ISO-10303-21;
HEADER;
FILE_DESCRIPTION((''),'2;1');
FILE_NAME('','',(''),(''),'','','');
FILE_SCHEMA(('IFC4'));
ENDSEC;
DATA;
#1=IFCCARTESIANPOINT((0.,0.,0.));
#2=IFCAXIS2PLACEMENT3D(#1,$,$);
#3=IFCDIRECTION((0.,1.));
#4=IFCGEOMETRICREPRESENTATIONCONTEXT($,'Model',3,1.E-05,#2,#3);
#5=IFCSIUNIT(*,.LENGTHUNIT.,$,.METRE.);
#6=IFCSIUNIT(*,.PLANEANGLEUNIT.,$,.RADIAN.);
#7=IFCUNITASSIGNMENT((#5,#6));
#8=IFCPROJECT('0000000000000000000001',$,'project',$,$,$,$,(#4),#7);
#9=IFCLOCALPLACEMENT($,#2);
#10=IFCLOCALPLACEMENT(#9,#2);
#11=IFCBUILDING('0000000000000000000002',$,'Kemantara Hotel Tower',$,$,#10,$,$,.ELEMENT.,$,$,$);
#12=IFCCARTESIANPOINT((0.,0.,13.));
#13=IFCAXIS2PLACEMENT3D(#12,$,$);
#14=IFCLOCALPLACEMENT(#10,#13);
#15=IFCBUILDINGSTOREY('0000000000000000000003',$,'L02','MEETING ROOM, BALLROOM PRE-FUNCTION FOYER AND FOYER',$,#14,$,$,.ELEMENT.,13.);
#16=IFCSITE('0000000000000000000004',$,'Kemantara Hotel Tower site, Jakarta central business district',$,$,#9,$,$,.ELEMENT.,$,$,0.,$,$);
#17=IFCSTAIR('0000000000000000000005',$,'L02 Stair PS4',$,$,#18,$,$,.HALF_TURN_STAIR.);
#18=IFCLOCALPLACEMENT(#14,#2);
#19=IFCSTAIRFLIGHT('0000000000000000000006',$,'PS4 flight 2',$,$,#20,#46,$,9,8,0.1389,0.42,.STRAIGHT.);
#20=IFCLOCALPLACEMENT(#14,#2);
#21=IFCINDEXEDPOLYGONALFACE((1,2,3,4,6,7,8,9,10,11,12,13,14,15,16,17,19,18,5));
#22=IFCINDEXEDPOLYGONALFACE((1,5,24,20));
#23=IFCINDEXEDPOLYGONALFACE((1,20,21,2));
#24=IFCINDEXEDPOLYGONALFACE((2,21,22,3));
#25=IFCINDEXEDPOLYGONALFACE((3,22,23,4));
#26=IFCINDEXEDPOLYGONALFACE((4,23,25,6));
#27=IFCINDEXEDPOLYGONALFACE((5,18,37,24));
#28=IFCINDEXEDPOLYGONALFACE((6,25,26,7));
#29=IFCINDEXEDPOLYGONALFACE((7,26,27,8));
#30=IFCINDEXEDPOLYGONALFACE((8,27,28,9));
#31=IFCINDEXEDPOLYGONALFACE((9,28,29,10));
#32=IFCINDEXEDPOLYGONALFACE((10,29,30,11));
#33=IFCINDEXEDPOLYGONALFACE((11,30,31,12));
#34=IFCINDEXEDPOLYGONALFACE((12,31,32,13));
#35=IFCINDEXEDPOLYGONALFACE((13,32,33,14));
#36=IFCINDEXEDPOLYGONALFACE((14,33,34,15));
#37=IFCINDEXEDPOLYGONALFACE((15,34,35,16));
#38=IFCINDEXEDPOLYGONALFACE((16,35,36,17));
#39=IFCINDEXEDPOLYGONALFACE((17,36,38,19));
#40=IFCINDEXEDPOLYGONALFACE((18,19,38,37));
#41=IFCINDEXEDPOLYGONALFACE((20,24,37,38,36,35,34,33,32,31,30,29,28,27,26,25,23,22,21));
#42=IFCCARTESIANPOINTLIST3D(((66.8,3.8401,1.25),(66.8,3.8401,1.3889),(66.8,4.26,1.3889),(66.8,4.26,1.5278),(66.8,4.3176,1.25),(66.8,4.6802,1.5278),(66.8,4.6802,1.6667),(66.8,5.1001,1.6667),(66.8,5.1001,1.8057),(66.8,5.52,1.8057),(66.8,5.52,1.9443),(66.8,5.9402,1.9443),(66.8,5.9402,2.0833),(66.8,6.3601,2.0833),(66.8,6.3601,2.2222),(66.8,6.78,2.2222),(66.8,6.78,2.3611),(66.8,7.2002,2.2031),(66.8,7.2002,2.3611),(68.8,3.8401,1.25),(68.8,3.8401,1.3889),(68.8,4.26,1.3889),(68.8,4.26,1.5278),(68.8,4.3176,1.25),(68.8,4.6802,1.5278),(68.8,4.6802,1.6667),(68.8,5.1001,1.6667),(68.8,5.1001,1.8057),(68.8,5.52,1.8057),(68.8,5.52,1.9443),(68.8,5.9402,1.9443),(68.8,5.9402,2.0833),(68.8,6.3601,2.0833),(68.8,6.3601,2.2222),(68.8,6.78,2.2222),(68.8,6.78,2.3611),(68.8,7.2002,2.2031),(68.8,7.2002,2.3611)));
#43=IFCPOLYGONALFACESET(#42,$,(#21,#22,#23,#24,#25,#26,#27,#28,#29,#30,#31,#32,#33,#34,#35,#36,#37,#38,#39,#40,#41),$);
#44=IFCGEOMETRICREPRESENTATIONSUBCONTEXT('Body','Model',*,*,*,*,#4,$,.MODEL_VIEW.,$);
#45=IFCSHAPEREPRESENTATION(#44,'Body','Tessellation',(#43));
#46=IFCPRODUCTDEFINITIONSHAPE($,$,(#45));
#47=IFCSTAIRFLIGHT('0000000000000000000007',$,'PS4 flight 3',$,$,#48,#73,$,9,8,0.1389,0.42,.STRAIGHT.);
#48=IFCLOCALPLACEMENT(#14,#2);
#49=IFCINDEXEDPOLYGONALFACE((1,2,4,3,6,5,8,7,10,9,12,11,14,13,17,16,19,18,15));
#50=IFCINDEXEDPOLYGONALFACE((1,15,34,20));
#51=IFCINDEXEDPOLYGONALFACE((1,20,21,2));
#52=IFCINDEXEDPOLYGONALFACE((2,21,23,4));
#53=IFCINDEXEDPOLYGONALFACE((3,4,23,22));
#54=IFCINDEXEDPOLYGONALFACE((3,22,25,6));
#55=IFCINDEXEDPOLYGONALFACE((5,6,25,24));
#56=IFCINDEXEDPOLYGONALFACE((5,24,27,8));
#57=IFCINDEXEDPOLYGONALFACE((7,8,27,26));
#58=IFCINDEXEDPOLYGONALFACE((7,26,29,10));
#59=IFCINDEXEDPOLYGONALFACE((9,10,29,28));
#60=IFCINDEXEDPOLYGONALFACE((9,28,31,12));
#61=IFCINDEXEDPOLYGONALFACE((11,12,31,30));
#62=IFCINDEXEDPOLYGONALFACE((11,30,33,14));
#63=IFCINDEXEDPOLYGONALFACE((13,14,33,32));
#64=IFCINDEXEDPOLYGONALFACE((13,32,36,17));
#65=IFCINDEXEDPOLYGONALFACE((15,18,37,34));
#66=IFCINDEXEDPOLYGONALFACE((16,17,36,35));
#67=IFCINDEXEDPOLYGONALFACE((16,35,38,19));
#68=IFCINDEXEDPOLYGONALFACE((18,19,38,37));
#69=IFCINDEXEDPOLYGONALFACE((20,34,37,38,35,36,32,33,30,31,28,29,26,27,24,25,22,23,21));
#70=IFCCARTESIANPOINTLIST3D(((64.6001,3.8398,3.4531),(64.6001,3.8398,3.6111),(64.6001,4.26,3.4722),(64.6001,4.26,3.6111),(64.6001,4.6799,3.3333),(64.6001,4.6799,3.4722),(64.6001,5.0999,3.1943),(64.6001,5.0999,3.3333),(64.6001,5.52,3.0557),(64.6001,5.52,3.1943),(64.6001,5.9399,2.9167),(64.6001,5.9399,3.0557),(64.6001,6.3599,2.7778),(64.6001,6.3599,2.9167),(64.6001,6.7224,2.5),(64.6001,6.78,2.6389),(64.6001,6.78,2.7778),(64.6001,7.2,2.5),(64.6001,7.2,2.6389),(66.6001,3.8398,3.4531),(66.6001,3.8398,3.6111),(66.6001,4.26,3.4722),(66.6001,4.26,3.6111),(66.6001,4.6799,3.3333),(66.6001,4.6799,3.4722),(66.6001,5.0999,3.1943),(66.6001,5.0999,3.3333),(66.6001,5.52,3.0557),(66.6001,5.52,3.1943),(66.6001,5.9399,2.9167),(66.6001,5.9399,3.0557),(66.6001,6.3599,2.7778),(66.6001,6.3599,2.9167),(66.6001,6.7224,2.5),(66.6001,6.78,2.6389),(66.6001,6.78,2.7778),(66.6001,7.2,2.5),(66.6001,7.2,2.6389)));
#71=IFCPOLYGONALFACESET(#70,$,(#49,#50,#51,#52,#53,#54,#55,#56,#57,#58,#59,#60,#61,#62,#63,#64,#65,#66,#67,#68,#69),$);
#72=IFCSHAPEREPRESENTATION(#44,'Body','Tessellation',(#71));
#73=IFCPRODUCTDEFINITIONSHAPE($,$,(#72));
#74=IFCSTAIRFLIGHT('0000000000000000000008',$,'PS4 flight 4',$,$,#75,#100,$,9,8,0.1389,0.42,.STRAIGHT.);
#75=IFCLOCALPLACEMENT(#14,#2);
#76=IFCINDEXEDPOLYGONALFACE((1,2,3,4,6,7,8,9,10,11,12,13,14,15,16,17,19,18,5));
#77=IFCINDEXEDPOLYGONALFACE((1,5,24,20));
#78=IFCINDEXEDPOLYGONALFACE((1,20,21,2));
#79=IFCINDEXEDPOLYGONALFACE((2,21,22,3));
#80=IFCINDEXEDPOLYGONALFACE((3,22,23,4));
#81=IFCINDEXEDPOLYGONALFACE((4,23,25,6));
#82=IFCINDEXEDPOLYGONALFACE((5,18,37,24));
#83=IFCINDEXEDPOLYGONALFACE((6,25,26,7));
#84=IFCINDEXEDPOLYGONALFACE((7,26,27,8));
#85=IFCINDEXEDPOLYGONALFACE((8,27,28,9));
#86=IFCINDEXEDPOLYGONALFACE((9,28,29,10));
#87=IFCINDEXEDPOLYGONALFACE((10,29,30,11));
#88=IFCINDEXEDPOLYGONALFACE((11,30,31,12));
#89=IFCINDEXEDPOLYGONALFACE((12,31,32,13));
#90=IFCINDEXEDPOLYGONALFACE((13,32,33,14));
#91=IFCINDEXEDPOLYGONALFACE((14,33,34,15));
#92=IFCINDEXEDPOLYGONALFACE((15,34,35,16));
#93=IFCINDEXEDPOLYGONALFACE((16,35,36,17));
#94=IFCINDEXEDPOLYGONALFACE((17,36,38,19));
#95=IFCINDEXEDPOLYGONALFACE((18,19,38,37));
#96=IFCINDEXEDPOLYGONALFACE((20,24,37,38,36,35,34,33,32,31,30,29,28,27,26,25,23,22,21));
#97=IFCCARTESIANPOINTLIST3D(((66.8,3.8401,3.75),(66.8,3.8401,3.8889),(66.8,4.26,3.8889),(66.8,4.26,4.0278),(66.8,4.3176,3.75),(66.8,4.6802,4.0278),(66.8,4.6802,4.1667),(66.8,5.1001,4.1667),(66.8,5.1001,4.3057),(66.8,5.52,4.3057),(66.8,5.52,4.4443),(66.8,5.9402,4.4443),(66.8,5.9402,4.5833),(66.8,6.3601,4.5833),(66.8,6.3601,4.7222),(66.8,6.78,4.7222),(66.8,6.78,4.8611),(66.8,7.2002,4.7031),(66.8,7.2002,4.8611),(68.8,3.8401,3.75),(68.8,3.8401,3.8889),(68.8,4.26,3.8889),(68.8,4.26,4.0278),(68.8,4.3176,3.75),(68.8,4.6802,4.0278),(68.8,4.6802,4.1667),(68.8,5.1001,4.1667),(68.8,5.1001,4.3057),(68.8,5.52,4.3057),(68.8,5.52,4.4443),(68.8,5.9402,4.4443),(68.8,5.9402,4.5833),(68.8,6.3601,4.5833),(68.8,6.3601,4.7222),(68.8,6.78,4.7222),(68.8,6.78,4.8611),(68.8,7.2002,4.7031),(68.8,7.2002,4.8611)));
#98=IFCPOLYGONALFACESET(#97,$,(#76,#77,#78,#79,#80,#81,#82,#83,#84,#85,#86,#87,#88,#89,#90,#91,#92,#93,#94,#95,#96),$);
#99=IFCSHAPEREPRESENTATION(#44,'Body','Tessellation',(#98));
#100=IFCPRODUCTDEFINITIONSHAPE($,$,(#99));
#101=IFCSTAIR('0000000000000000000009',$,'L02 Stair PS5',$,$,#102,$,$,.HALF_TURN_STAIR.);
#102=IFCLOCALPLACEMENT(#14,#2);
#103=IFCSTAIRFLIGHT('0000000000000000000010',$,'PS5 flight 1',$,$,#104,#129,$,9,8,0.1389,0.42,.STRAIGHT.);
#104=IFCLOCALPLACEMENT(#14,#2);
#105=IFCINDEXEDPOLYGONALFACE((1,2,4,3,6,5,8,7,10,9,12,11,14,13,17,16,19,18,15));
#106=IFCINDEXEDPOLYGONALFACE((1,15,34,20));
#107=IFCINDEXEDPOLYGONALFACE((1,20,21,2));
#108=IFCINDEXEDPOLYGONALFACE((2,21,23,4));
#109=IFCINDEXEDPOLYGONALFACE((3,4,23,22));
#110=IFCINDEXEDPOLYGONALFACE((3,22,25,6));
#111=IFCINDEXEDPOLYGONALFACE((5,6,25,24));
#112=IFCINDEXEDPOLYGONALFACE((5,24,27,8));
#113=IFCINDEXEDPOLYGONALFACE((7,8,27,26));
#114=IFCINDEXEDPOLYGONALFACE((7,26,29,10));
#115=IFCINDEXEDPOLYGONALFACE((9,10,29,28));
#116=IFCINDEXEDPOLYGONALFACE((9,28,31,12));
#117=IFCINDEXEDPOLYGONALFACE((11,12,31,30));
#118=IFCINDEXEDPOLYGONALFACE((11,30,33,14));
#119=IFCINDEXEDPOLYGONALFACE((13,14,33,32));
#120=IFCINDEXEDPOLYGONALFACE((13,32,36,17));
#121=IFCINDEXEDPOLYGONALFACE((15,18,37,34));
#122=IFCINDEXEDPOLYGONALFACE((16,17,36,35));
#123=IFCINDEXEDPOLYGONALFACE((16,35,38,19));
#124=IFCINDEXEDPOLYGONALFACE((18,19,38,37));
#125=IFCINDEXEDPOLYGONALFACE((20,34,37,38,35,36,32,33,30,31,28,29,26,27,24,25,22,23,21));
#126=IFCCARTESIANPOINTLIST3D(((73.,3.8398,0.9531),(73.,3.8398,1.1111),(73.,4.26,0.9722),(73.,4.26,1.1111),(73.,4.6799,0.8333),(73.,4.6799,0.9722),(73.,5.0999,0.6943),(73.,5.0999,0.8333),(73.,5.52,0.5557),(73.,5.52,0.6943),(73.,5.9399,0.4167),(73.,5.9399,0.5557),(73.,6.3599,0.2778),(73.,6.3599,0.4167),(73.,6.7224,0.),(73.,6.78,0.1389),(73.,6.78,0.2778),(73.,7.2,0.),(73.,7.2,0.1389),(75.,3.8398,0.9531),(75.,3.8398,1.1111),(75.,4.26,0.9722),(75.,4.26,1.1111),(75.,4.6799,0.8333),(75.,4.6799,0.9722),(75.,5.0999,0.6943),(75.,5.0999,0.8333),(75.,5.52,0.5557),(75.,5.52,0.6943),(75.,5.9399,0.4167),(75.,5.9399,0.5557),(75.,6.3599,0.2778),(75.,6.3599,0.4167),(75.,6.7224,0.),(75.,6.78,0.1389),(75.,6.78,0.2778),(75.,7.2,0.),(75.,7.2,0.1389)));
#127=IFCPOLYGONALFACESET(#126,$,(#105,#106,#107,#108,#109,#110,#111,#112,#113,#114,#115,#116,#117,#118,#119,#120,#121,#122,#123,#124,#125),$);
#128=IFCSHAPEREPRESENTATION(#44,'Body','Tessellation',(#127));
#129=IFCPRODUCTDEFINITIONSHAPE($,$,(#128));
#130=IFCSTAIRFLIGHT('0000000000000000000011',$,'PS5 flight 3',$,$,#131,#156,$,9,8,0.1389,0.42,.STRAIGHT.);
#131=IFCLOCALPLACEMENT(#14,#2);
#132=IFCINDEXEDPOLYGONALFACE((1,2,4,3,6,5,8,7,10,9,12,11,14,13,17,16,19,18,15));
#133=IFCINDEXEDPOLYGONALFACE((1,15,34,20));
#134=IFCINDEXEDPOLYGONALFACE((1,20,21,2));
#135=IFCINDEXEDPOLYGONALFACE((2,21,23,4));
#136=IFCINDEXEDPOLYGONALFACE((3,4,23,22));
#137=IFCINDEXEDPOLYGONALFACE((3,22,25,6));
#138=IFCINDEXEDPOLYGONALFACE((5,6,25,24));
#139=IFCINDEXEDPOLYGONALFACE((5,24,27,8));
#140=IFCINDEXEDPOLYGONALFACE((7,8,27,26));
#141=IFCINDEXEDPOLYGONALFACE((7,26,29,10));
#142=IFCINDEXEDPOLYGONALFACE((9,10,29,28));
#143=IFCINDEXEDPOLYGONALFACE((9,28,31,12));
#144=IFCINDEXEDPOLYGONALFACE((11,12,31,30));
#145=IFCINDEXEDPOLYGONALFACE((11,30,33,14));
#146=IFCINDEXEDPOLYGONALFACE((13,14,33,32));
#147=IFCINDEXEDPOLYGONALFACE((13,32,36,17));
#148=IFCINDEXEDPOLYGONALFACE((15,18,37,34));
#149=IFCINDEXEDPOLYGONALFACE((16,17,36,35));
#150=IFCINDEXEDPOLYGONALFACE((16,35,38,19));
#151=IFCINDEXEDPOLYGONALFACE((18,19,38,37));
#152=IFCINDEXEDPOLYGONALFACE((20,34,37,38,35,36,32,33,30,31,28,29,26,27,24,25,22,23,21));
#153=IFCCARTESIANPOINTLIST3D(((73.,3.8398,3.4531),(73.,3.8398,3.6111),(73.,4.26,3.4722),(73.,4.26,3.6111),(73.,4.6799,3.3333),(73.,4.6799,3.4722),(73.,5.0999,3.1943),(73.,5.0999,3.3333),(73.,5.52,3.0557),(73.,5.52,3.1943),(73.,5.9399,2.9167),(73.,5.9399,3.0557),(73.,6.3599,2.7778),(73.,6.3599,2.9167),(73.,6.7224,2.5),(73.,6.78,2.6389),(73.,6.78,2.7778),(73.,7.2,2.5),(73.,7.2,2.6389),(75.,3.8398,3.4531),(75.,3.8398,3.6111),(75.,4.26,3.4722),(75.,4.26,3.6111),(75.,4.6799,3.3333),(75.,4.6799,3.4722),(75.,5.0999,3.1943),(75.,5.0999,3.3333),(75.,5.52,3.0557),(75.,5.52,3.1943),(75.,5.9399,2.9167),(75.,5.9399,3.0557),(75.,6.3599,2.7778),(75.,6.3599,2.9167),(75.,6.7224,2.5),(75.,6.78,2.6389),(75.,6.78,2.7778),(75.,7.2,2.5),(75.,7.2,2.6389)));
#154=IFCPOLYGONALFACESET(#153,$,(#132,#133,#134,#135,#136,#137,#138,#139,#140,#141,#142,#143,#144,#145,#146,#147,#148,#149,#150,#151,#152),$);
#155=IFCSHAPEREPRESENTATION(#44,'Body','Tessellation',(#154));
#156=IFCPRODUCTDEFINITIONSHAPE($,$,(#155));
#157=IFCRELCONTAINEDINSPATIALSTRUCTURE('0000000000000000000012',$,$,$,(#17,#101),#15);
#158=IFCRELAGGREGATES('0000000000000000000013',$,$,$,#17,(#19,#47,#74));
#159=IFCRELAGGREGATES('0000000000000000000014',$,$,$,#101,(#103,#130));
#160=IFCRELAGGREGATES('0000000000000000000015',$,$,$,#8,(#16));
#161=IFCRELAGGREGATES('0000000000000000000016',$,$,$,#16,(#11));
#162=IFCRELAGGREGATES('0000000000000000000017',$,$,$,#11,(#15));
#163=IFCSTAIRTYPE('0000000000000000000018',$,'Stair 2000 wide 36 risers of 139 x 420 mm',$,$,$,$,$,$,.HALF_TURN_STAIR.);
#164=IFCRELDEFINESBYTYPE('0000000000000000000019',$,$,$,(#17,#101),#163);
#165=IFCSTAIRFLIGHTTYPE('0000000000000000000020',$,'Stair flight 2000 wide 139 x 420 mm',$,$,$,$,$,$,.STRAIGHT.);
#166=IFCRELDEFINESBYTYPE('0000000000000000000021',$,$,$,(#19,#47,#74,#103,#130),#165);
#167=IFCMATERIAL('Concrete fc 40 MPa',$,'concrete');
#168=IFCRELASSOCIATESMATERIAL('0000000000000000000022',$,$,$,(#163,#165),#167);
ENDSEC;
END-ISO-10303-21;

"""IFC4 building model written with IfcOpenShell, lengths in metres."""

from ifc_helpers import new_model, si_unit, direction, frame, origin, place, context, subcontext, project, spatial, polyline, outline, extrude, material, type_object, element, aggregate, save


model = new_model("IFC4")

# Units and contexts
model_context = context("Model", 3, precision=1e-05, world=origin(), true_north=direction((0.0, 1.0)))
body_context = subcontext(model_context, "Body", "Model", "MODEL_VIEW")
ifc_project = project(units=[si_unit("LENGTHUNIT", "METRE"), si_unit("PLANEANGLEUNIT", "RADIAN")], contexts=[model_context])

# Site, building, storey
site_placement = place(None, origin())
site = spatial("IfcSite", under=ifc_project, at=site_placement, Name="Kemantara Hotel Tower site, Jakarta central business district", CompositionType="ELEMENT", RefElevation=0.0)
building_placement = place(site_placement, origin())
building = spatial("IfcBuilding", under=site, at=building_placement, Name="Kemantara Hotel Tower", CompositionType="ELEMENT")
storey_placement = place(building_placement, frame((0.0, 0.0, 13.0)))
storey = spatial("IfcBuildingStorey", under=building, at=storey_placement, Name="L02", Description="MEETING ROOM, BALLROOM PRE-FUNCTION FOYER AND FOYER", CompositionType="ELEMENT", Elevation=13.0)

# Shared definitions
ifc_material_1 = material(Name="Concrete fc 40 MPa", Category="concrete")

# Stairs, stair flights
stair_type = type_object("IfcStairType", Name="Stair 2000 wide 36 risers of 139 x 420 mm", PredefinedType="HALF_TURN_STAIR", material=ifc_material_1)
stair_1_placement = place(storey_placement, origin())
stair_1 = element("IfcStair", 1, at=stair_1_placement, inside=storey, type_object=stair_type, Name="L02 Stair PS4", PredefinedType="HALF_TURN_STAIR")
stair_flight_type = type_object("IfcStairFlightType", Name="Stair flight 2000 wide 139 x 420 mm", PredefinedType="STRAIGHT", material=ifc_material_1)
stair_flight_1_placement = place(storey_placement, frame((67.8, 3.8401, 1.25), z_axis=(0.0, 0.0, 1.0), x_axis=(0.0, 1.0, 0.0)))
stair_flight_1 = element("IfcStairFlight", 2, at=stair_flight_1_placement, type_object=stair_flight_type, Name="PS4 flight 2", NumberOfRisers=9, NumberOfTreads=8, PredefinedType="STRAIGHT", RiserHeight=0.1389, TreadLength=0.42, context=body_context, shape_type="SweptSolid", body=[
    extrude(outline(polyline([(0.0, 0.0), (0.0, 0.1389), (0.4199, 0.1389), (0.4199, 0.2778), (0.8401, 0.2778), (0.8401, 0.4167), (1.26, 0.4167), (1.26, 0.5557), (1.6799, 0.5557), (1.6799, 0.6943), (2.1001, 0.6943), (2.1001, 0.8333), (2.52, 0.8333), (2.52, 0.9722), (2.9399, 0.9722), (2.9399, 1.1111), (3.3601, 1.1111), (3.3601, 1.25), (3.3601, 0.9531), (0.4775, 0.0), (0.0, 0.0)])), frame((0.0, 1.0, 0.0), z_axis=(0.0, -1.0, 0.0), x_axis=(1.0, 0.0, 0.0)), (0.0, 0.0, 1.0), 2.0),
])
stair_flight_2_placement = place(storey_placement, frame((65.6001, 7.2, 2.5), z_axis=(0.0, 0.0, 1.0), x_axis=(0.0, -1.0, 0.0)))
stair_flight_2 = element("IfcStairFlight", 3, at=stair_flight_2_placement, type_object=stair_flight_type, Name="PS4 flight 3", NumberOfRisers=9, NumberOfTreads=8, PredefinedType="STRAIGHT", RiserHeight=0.1389, TreadLength=0.42, context=body_context, shape_type="SweptSolid", body=[
    extrude(outline(polyline([(0.0, 0.0), (0.0, 0.1389), (0.4199, 0.1389), (0.4199, 0.2778), (0.8401, 0.2778), (0.8401, 0.4167), (1.26, 0.4167), (1.26, 0.5557), (1.6799, 0.5557), (1.6799, 0.6943), (2.1001, 0.6943), (2.1001, 0.8333), (2.52, 0.8333), (2.52, 0.9722), (2.9399, 0.9722), (2.9399, 1.1111), (3.3601, 1.1111), (3.3601, 1.25), (3.3601, 0.9531), (0.4775, 0.0), (0.0, 0.0)])), frame((0.0, 1.0, 0.0), z_axis=(0.0, -1.0, 0.0), x_axis=(1.0, 0.0, 0.0)), (0.0, 0.0, 1.0), 2.0),
])
stair_flight_3_placement = place(storey_placement, frame((67.8, 3.8401, 3.75), z_axis=(0.0, 0.0, 1.0), x_axis=(0.0, 1.0, 0.0)))
stair_flight_3 = element("IfcStairFlight", 4, at=stair_flight_3_placement, type_object=stair_flight_type, Name="PS4 flight 4", NumberOfRisers=9, NumberOfTreads=8, PredefinedType="STRAIGHT", RiserHeight=0.1389, TreadLength=0.42, context=body_context, shape_type="SweptSolid", body=[
    extrude(outline(polyline([(0.0, 0.0), (0.0, 0.1389), (0.4199, 0.1389), (0.4199, 0.2778), (0.8401, 0.2778), (0.8401, 0.4167), (1.26, 0.4167), (1.26, 0.5557), (1.6799, 0.5557), (1.6799, 0.6943), (2.1001, 0.6943), (2.1001, 0.8333), (2.52, 0.8333), (2.52, 0.9722), (2.9399, 0.9722), (2.9399, 1.1111), (3.3601, 1.1111), (3.3601, 1.25), (3.3601, 0.9531), (0.4775, 0.0), (0.0, 0.0)])), frame((0.0, 1.0, 0.0), z_axis=(0.0, -1.0, 0.0), x_axis=(1.0, 0.0, 0.0)), (0.0, 0.0, 1.0), 2.0),
])
aggregate(stair_1, [stair_flight_1, stair_flight_2, stair_flight_3])
stair_2_placement = place(storey_placement, origin())
stair_2 = element("IfcStair", 5, at=stair_2_placement, inside=storey, type_object=stair_type, Name="L02 Stair PS5", PredefinedType="HALF_TURN_STAIR")
stair_flight_4_placement = place(storey_placement, frame((74.0, 7.2, 0.0), z_axis=(0.0, 0.0, 1.0), x_axis=(0.0, -1.0, 0.0)))
stair_flight_4 = element("IfcStairFlight", 6, at=stair_flight_4_placement, type_object=stair_flight_type, Name="PS5 flight 1", NumberOfRisers=9, NumberOfTreads=8, PredefinedType="STRAIGHT", RiserHeight=0.1389, TreadLength=0.42, context=body_context, shape_type="SweptSolid", body=[
    extrude(outline(polyline([(0.0, 0.0), (0.0, 0.1389), (0.4199, 0.1389), (0.4199, 0.2778), (0.8401, 0.2778), (0.8401, 0.4167), (1.26, 0.4167), (1.26, 0.5557), (1.6799, 0.5557), (1.6799, 0.6943), (2.1001, 0.6943), (2.1001, 0.8333), (2.52, 0.8333), (2.52, 0.9722), (2.9399, 0.9722), (2.9399, 1.1111), (3.3601, 1.1111), (3.3601, 1.25), (3.3601, 0.9531), (0.4775, 0.0), (0.0, 0.0)])), frame((0.0, 1.0, 0.0), z_axis=(0.0, -1.0, 0.0), x_axis=(1.0, 0.0, 0.0)), (0.0, 0.0, 1.0), 2.0),
])
stair_flight_5_placement = place(storey_placement, frame((74.0, 7.2, 2.5), z_axis=(0.0, 0.0, 1.0), x_axis=(0.0, -1.0, 0.0)))
stair_flight_5 = element("IfcStairFlight", 7, at=stair_flight_5_placement, type_object=stair_flight_type, Name="PS5 flight 3", NumberOfRisers=9, NumberOfTreads=8, PredefinedType="STRAIGHT", RiserHeight=0.1389, TreadLength=0.42, context=body_context, shape_type="SweptSolid", body=[
    extrude(outline(polyline([(0.0, 0.0), (0.0, 0.1389), (0.4199, 0.1389), (0.4199, 0.2778), (0.8401, 0.2778), (0.8401, 0.4167), (1.26, 0.4167), (1.26, 0.5557), (1.6799, 0.5557), (1.6799, 0.6943), (2.1001, 0.6943), (2.1001, 0.8333), (2.52, 0.8333), (2.52, 0.9722), (2.9399, 0.9722), (2.9399, 1.1111), (3.3601, 1.1111), (3.3601, 1.25), (3.3601, 0.9531), (0.4775, 0.0), (0.0, 0.0)])), frame((0.0, 1.0, 0.0), z_axis=(0.0, -1.0, 0.0), x_axis=(1.0, 0.0, 0.0)), (0.0, 0.0, 1.0), 2.0),
])
aggregate(stair_2, [stair_flight_4, stair_flight_5])

save(model, "model.ifc")
